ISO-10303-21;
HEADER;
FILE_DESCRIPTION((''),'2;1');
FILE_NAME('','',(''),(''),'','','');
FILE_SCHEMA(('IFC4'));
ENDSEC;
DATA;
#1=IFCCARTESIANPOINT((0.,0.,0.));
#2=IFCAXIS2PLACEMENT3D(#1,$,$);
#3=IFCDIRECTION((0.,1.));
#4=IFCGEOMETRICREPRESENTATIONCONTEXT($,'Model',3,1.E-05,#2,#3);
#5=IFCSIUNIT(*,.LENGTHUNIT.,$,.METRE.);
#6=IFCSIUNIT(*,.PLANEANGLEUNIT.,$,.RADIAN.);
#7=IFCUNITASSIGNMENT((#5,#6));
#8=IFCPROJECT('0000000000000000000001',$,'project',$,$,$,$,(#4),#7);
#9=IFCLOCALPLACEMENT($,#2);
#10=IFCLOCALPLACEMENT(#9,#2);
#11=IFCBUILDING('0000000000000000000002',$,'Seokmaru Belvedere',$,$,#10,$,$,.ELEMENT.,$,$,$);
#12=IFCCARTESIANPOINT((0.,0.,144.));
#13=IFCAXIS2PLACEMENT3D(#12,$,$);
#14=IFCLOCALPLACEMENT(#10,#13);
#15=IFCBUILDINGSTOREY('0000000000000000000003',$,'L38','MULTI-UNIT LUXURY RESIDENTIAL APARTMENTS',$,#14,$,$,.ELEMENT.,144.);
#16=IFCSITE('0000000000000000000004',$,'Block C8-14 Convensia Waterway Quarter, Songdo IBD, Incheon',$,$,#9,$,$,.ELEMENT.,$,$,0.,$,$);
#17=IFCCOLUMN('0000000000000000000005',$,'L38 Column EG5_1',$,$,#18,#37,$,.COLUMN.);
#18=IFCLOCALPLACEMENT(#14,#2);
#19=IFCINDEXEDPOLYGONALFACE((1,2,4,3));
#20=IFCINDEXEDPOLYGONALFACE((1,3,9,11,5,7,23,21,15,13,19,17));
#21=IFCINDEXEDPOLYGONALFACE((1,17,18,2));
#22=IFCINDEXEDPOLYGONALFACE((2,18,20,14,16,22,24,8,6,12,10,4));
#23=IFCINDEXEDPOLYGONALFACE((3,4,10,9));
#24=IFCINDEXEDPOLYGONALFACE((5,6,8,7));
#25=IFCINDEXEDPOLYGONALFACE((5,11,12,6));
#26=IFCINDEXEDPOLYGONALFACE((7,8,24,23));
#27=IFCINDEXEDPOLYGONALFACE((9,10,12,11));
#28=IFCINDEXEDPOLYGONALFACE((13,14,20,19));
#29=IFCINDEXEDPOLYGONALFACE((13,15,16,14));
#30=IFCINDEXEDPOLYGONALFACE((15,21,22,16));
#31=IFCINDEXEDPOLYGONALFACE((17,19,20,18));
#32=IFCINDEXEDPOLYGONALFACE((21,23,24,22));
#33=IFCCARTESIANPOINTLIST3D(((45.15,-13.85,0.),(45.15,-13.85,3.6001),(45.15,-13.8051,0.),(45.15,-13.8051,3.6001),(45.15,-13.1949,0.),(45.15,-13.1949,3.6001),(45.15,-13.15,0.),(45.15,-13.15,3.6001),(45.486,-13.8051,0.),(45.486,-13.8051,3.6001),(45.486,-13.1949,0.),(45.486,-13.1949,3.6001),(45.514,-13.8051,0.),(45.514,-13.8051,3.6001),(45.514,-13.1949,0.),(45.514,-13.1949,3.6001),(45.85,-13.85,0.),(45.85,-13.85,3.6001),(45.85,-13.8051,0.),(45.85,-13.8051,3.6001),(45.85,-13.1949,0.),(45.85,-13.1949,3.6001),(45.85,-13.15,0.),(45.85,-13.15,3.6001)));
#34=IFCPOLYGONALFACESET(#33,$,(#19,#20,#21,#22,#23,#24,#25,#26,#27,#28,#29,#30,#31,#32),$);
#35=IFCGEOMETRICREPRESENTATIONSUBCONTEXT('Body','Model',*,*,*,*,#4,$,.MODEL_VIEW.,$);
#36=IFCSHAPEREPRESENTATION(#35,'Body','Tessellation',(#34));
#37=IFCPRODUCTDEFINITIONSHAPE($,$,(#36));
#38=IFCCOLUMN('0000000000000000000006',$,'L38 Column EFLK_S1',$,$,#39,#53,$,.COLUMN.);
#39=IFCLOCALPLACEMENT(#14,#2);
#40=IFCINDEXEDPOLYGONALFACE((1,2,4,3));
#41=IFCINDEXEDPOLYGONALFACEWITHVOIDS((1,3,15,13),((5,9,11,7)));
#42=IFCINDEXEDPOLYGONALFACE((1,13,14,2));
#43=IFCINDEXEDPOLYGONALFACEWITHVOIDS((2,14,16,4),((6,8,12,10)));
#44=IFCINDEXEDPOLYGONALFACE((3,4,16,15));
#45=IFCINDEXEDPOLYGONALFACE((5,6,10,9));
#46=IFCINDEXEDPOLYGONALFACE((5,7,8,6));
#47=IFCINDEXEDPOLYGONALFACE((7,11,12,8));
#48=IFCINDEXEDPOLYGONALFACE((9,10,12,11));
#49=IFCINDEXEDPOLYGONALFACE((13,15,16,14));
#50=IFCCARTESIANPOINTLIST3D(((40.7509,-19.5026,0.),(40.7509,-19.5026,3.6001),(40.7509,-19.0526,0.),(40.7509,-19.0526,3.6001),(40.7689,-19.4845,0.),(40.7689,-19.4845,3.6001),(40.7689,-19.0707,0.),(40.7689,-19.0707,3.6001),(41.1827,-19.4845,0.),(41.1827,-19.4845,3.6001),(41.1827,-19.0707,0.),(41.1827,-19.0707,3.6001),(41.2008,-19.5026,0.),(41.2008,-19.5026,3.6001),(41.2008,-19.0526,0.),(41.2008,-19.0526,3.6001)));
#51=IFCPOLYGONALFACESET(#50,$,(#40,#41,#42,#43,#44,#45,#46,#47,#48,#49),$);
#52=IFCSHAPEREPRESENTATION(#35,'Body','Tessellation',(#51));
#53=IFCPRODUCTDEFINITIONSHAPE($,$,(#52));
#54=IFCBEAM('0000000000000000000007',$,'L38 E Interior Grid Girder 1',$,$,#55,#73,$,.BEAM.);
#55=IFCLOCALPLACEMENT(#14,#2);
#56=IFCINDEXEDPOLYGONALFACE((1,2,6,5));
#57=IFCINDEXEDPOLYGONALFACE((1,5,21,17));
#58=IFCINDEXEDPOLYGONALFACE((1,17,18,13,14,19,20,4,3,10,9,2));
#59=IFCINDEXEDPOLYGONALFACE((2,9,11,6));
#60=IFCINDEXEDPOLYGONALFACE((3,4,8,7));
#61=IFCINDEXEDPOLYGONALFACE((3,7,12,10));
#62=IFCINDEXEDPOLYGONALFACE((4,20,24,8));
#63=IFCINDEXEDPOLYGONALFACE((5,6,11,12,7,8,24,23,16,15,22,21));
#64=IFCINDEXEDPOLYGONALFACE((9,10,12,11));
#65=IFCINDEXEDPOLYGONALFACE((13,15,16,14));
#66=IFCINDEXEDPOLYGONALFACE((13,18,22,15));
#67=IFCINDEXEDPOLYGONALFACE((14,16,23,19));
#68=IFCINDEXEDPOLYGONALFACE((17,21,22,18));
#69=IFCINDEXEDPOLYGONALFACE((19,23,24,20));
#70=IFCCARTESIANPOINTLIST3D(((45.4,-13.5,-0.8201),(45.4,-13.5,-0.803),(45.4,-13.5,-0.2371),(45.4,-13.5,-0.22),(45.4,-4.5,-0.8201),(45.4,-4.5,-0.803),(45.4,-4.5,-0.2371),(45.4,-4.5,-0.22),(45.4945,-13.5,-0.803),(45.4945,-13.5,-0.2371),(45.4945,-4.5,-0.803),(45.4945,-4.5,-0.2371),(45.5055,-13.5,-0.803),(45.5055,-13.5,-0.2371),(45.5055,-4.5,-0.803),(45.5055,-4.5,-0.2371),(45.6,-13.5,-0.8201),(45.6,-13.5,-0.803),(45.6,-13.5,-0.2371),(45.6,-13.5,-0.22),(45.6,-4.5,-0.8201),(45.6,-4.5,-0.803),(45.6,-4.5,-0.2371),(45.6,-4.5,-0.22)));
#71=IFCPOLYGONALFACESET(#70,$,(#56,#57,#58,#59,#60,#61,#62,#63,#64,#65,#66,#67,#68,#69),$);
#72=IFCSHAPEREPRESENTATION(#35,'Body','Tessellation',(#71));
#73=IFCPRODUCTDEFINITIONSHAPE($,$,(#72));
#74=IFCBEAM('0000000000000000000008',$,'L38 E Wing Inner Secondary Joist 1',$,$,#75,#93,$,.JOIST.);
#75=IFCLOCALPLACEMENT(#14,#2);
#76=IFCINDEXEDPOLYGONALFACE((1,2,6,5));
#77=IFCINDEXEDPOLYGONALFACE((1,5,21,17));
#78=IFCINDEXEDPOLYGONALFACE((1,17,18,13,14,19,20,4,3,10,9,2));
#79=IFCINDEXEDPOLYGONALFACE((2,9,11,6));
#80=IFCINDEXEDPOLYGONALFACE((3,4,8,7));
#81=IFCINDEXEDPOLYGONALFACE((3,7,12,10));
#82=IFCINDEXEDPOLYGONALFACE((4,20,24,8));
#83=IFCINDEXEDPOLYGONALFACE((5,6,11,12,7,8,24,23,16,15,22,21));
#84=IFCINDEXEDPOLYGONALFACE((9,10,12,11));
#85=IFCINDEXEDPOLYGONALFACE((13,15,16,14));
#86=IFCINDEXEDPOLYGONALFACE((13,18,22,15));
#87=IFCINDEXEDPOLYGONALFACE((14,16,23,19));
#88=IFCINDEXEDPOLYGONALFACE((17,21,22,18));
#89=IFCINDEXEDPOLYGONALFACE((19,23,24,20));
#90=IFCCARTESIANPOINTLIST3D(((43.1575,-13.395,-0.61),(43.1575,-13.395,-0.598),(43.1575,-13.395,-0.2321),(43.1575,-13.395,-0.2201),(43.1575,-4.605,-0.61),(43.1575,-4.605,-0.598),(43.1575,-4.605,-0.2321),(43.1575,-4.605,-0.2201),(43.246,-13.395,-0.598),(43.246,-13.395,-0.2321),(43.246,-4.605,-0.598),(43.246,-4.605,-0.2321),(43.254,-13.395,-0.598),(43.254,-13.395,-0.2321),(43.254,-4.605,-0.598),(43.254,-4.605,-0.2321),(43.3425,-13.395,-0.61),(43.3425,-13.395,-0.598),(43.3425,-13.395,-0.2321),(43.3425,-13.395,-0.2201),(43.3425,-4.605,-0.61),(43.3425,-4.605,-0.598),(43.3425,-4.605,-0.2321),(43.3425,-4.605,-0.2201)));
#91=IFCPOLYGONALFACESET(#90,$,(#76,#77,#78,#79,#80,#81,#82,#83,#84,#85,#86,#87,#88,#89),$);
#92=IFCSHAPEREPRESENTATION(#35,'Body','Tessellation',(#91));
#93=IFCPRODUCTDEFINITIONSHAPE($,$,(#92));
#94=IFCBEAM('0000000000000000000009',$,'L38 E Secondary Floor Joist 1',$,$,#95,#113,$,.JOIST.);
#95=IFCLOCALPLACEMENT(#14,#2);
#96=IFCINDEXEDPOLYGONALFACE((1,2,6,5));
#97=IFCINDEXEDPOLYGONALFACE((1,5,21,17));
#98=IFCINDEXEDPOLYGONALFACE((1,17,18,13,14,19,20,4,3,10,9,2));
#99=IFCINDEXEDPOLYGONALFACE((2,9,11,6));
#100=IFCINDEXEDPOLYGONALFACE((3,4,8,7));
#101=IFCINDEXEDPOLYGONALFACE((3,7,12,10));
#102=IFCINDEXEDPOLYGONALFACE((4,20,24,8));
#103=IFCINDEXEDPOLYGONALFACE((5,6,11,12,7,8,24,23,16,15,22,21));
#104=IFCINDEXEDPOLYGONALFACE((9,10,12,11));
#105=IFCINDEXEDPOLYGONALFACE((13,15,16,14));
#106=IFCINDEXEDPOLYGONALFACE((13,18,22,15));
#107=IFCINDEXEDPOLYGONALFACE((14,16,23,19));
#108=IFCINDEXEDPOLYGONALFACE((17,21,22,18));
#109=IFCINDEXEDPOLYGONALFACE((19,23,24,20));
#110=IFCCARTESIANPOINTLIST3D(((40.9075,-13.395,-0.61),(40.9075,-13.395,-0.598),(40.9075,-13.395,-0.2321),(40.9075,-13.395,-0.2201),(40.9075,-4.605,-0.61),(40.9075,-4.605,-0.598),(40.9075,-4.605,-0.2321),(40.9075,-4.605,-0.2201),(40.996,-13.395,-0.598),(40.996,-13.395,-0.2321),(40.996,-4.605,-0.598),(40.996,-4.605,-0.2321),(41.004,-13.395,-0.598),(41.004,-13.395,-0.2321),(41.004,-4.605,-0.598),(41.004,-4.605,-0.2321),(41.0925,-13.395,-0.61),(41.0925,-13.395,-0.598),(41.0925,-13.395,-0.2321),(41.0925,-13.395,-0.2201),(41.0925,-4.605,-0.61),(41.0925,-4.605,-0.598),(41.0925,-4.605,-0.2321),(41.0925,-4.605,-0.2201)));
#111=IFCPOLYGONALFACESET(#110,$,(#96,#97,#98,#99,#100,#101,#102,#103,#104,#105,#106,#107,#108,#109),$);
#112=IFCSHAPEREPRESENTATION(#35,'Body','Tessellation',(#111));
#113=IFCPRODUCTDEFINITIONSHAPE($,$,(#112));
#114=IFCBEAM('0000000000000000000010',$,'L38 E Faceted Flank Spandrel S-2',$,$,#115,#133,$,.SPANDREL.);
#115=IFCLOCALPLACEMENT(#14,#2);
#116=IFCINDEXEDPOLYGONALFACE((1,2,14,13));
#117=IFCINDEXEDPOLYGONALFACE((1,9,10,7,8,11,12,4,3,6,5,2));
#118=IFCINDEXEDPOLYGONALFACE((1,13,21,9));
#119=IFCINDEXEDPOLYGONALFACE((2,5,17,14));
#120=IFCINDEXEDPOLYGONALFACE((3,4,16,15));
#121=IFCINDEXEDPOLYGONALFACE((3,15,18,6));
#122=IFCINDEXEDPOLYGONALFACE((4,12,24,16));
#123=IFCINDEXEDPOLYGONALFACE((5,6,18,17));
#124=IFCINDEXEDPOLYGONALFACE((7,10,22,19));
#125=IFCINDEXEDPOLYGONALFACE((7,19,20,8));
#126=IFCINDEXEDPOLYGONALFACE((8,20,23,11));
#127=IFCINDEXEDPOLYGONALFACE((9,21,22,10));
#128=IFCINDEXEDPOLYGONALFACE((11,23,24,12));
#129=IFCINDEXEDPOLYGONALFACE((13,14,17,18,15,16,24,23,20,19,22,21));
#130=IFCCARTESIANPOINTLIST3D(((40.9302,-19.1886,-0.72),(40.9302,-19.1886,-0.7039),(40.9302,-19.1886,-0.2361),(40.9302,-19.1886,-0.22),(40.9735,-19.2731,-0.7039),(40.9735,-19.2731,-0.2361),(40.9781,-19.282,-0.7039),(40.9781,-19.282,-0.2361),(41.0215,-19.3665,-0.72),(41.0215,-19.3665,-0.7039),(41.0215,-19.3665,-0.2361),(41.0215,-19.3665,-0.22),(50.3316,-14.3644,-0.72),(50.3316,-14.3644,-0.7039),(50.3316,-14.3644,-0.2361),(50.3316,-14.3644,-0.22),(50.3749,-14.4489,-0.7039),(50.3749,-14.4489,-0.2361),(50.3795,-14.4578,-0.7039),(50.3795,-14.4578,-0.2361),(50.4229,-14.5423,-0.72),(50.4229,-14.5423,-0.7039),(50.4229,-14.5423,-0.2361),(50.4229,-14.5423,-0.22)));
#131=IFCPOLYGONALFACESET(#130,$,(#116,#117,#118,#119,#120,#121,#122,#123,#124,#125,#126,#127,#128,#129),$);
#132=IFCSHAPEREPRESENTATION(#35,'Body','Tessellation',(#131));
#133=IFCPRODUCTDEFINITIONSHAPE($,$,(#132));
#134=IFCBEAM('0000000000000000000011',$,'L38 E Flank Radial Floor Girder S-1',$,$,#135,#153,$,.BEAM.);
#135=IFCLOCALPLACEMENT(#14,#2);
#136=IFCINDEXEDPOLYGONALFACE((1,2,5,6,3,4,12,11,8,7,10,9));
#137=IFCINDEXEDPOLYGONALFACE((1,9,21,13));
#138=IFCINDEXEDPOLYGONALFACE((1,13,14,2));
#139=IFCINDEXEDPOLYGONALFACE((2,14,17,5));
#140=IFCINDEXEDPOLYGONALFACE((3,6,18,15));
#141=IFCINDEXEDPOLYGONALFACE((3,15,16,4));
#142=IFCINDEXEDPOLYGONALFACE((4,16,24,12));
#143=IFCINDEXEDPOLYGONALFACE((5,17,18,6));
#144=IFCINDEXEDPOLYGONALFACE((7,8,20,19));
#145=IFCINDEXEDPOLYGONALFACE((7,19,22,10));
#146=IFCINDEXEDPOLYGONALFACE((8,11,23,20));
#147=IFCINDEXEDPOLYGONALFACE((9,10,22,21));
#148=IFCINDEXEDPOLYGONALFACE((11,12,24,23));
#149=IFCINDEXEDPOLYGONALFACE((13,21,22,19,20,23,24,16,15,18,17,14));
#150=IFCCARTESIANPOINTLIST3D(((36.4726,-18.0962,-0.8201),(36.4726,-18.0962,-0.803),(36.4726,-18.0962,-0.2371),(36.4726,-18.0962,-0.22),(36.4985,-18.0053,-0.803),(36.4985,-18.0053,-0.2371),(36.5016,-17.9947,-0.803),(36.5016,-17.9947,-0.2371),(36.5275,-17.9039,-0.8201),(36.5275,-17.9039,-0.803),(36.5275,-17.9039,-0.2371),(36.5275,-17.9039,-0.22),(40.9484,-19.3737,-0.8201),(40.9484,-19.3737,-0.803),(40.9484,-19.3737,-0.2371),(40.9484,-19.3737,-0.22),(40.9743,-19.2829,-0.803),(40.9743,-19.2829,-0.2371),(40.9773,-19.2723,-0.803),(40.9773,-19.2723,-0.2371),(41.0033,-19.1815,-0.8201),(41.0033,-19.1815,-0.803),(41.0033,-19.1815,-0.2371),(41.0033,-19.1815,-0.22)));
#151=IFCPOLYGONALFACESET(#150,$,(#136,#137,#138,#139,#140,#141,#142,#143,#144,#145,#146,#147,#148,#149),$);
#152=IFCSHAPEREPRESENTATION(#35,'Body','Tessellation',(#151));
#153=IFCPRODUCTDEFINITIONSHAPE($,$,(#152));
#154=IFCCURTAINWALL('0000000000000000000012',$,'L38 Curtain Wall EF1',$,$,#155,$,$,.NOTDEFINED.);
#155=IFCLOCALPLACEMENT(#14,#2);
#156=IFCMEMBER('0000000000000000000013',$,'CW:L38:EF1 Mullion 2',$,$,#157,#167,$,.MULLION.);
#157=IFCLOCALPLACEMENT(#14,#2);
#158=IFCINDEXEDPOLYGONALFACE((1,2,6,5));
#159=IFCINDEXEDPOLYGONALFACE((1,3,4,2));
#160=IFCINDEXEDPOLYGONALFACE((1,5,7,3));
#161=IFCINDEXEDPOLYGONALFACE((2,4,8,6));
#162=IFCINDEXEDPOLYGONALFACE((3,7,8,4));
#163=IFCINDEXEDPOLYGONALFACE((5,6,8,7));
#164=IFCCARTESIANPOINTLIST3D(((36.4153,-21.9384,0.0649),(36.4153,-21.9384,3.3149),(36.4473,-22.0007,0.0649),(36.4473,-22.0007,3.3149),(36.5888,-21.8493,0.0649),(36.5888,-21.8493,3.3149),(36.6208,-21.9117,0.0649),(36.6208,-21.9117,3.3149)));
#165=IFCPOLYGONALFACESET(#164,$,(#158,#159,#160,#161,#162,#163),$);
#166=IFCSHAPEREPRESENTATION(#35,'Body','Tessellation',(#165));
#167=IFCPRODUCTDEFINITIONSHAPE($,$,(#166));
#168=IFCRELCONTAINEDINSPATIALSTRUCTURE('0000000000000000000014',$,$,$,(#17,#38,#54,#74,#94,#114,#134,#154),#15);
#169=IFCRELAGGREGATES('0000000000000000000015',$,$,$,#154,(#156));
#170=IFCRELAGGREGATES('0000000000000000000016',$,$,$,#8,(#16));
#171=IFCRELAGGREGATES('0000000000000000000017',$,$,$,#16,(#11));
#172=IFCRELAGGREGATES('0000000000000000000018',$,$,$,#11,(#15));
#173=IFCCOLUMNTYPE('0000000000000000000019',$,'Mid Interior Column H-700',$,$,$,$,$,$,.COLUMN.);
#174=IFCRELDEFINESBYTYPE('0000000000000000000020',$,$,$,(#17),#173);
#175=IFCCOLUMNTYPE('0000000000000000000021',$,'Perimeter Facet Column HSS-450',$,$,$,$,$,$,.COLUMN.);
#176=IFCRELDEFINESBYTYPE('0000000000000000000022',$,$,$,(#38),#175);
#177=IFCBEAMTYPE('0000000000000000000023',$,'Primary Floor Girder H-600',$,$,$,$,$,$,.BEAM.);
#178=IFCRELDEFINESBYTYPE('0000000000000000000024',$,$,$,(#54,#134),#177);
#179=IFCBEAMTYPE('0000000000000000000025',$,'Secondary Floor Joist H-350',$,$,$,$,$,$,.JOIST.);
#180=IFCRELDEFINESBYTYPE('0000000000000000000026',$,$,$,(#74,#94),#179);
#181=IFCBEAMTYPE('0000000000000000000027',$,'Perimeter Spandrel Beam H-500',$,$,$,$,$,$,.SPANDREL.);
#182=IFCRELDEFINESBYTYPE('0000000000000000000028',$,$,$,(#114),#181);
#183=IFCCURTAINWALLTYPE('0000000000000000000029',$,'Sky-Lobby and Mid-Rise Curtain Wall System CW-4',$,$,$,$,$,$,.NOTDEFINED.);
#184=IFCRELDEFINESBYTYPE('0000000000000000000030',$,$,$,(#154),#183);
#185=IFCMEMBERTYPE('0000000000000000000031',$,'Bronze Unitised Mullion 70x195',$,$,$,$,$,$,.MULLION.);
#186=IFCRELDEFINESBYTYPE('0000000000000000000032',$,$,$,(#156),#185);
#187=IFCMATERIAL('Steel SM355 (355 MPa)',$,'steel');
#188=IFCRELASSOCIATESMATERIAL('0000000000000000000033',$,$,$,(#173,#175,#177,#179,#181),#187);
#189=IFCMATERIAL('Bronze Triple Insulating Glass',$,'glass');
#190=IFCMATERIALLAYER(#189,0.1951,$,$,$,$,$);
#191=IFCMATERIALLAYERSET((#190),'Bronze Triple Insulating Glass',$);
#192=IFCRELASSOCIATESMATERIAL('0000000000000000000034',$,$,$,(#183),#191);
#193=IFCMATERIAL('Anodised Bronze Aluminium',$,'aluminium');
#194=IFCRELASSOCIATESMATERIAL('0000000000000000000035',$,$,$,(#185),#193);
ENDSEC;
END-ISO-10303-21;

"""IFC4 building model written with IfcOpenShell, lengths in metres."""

from ifc_helpers import new_model, si_unit, direction, frame, origin, origin_2d, place, context, subcontext, project, spatial, rectangle, hollow_rectangle, i_section, extrude, source, transform, mapped, material, layer, layer_set, material_profile, profile_set, type_object, type_shapes, element, aggregate, save


model = new_model("IFC4")

# Units and contexts
model_context = context("Model", 3, precision=1e-05, world=origin(), true_north=direction((0.0, 1.0)))
body_context = subcontext(model_context, "Body", "Model", "MODEL_VIEW")
ifc_project = project(units=[si_unit("LENGTHUNIT", "METRE"), si_unit("PLANEANGLEUNIT", "RADIAN")], contexts=[model_context])

# Site, building, storey
site_placement = place(None, origin())
site = spatial("IfcSite", under=ifc_project, at=site_placement, Name="Block C8-14 Convensia Waterway Quarter, Songdo IBD, Incheon", CompositionType="ELEMENT", RefElevation=0.0)
building_placement = place(site_placement, origin())
building = spatial("IfcBuilding", under=site, at=building_placement, Name="Seokmaru Belvedere", CompositionType="ELEMENT")
storey_placement = place(building_placement, frame((0.0, 0.0, 144.0)))
storey = spatial("IfcBuildingStorey", under=building, at=storey_placement, Name="L38", Description="MULTI-UNIT LUXURY RESIDENTIAL APARTMENTS", CompositionType="ELEMENT", Elevation=144.0)

# Columns
ifc_material_1 = material(Name="Steel SM355 (355 MPa)", Category="steel")
ifc_material_profile_1 = material_profile(ifc_material_1, i_section(OverallWidth=0.7, OverallDepth=0.7, WebThickness=0.0281, FlangeThickness=0.0449, at=origin_2d()), Name="H-700x700x28x45")
ifc_profile_set_1 = profile_set([ifc_material_profile_1], Name="Steel SM355 (355 MPa)")
column_type_1 = type_object("IfcColumnType", Name="Mid Interior Column H-700", PredefinedType="COLUMN", material=ifc_profile_set_1)
shared_shape_1 = source(origin(), body_context, "Body", "SweptSolid", [
    extrude(i_section(OverallWidth=0.7, OverallDepth=0.7, WebThickness=0.0281, FlangeThickness=0.0449, at=origin_2d()), origin(), (0.0, 0.0, 1.0), 3.6001),
])
type_shapes(column_type_1, [shared_shape_1])
column_1_placement = place(storey_placement, frame((45.5, -13.5, 0.0), z_axis=(0.0, 0.0, 1.0), x_axis=(1.0, 0.0, 0.0)))
element("IfcColumn", 1, at=column_1_placement, inside=storey, type_object=column_type_1, Name="L38 Column EG5_1", PredefinedType="COLUMN", context=body_context, shape_type="MappedRepresentation", body=[
    mapped(shared_shape_1, transform((0.0, 0.0, 0.0), scale=1.0)),
])
ifc_material_profile_2 = material_profile(ifc_material_1, hollow_rectangle(XDim=0.45, YDim=0.45, WallThickness=0.0181, at=origin_2d()), Name="HSS-450x450x18")
ifc_profile_set_2 = profile_set([ifc_material_profile_2], Name="Steel SM355 (355 MPa)")
column_type_2 = type_object("IfcColumnType", Name="Perimeter Facet Column HSS-450", PredefinedType="COLUMN", material=ifc_profile_set_2)
shared_shape_2 = source(origin(), body_context, "Body", "SweptSolid", [
    extrude(hollow_rectangle(XDim=0.45, YDim=0.45, WallThickness=0.0181, at=origin_2d()), origin(), (0.0, 0.0, 1.0), 3.6001),
])
type_shapes(column_type_2, [shared_shape_2])
column_2_placement = place(storey_placement, frame((40.9758, -19.2776, 0.0), z_axis=(0.0, 0.0, 1.0), x_axis=(1.0, 0.0, 0.0)))
element("IfcColumn", 2, at=column_2_placement, inside=storey, type_object=column_type_2, Name="L38 Column EFLK_S1", PredefinedType="COLUMN", context=body_context, shape_type="MappedRepresentation", body=[
    mapped(shared_shape_2, transform((0.0, 0.0, 0.0), scale=1.0)),
])

# Beams
ifc_material_profile_3 = material_profile(ifc_material_1, i_section(OverallWidth=0.2, OverallDepth=0.6001, WebThickness=0.011, FlangeThickness=0.0171, at=origin_2d()), Name="H-600x200x11x17")
ifc_profile_set_3 = profile_set([ifc_material_profile_3], Name="Steel SM355 (355 MPa)")
beam_type_1 = type_object("IfcBeamType", Name="Primary Floor Girder H-600", PredefinedType="BEAM", material=ifc_profile_set_3)
shared_shape_3 = source(origin(), body_context, "Body", "SweptSolid", [
    extrude(i_section(OverallWidth=0.2, OverallDepth=0.6001, WebThickness=0.011, FlangeThickness=0.0171, at=origin_2d()), origin(), (0.0, 0.0, 1.0), 9.0),
])
beam_1_placement = place(storey_placement, frame((45.5, -13.5, -0.52), z_axis=(0.0, 1.0, 0.0), x_axis=(-1.0, 0.0, 0.0)))
element("IfcBeam", 3, at=beam_1_placement, inside=storey, type_object=beam_type_1, Name="L38 E Interior Grid Girder 1", PredefinedType="BEAM", context=body_context, shape_type="MappedRepresentation", body=[
    mapped(shared_shape_3, transform((0.0, 0.0, 0.0), scale=1.0)),
])
ifc_material_profile_4 = material_profile(ifc_material_1, i_section(OverallWidth=0.1851, OverallDepth=0.3899, WebThickness=0.0081, FlangeThickness=0.012, at=origin_2d()), Name="H-390x185x8x12")
ifc_profile_set_4 = profile_set([ifc_material_profile_4], Name="Steel SM355 (355 MPa)")
beam_type_2 = type_object("IfcBeamType", Name="Secondary Floor Joist H-350", PredefinedType="JOIST", material=ifc_profile_set_4)
shared_shape_4 = source(origin(), body_context, "Body", "SweptSolid", [
    extrude(i_section(OverallWidth=0.1851, OverallDepth=0.3899, WebThickness=0.0081, FlangeThickness=0.012, at=origin_2d()), origin(), (0.0, 0.0, 1.0), 8.79),
])
type_shapes(beam_type_2, [shared_shape_4])
for number, where, z_axis, x_axis, name in (
    (4, (43.25, -13.395, -0.415), (0.0, 1.0, 0.0), (-1.0, 0.0, 0.0), "L38 E Wing Inner Secondary Joist 1"),
    (5, (41.0, -13.395, -0.415), (0.0, 1.0, 0.0), (-1.0, 0.0, 0.0), "L38 E Secondary Floor Joist 1"),
):
    element("IfcBeam", number, at=place(storey_placement, frame(where, z_axis=z_axis, x_axis=x_axis)), inside=storey, type_object=beam_type_2, Name=name, PredefinedType="JOIST", context=body_context, shape_type="MappedRepresentation", body=[
        mapped(shared_shape_4, transform((0.0, 0.0, 0.0), scale=1.0)),
    ])
ifc_material_profile_5 = material_profile(ifc_material_1, i_section(OverallWidth=0.2, OverallDepth=0.5, WebThickness=0.01, FlangeThickness=0.0161, at=origin_2d()), Name="H-500x200x10x16")
ifc_profile_set_5 = profile_set([ifc_material_profile_5], Name="Steel SM355 (355 MPa)")
beam_type_3 = type_object("IfcBeamType", Name="Perimeter Spandrel Beam H-500", PredefinedType="SPANDREL", material=ifc_profile_set_5)
shared_shape_5 = source(origin(), body_context, "Body", "SweptSolid", [
    extrude(i_section(OverallWidth=0.2, OverallDepth=0.5, WebThickness=0.01, FlangeThickness=0.0161, at=origin_2d()), origin(), (0.0, 0.0, 1.0), 10.5669),
])
type_shapes(beam_type_3, [shared_shape_5])
beam_2_placement = place(storey_placement, frame((40.9758, -19.2776, -0.47), z_axis=(0.889702, 0.456542, 0.0), x_axis=(-0.456542, 0.889702, 0.0)))
element("IfcBeam", 6, at=beam_2_placement, inside=storey, type_object=beam_type_3, Name="L38 E Faceted Flank Spandrel S-2", PredefinedType="SPANDREL", context=body_context, shape_type="MappedRepresentation", body=[
    mapped(shared_shape_5, transform((0.0, 0.0, 0.0), scale=1.0)),
])
shared_shape_6 = source(origin(), body_context, "Body", "SweptSolid", [
    extrude(i_section(OverallWidth=0.2, OverallDepth=0.6001, WebThickness=0.011, FlangeThickness=0.0171, at=origin_2d()), origin(), (0.0, 0.0, 1.0), 4.6545),
])
type_shapes(beam_type_1, [shared_shape_3, shared_shape_6])
beam_3_placement = place(storey_placement, frame((40.9758, -19.2776, -0.52), z_axis=(-0.961593, 0.274479, 0.0), x_axis=(-0.274479, -0.961593, 0.0)))
element("IfcBeam", 7, at=beam_3_placement, inside=storey, type_object=beam_type_1, Name="L38 E Flank Radial Floor Girder S-1", PredefinedType="BEAM", context=body_context, shape_type="MappedRepresentation", body=[
    mapped(shared_shape_6, transform((0.0, 0.0, 0.0), scale=1.0)),
])

# Curtain wall, member
ifc_material_2 = material(Name="Bronze Triple Insulating Glass", Category="glass")
ifc_layer_1 = layer(ifc_material_2, 0.1951)
ifc_layer_set_1 = layer_set([ifc_layer_1], Name="Bronze Triple Insulating Glass")
curtain_wall_type = type_object("IfcCurtainWallType", Name="Sky-Lobby and Mid-Rise Curtain Wall System CW-4", PredefinedType="NOTDEFINED", material=ifc_layer_set_1)
curtain_wall_placement = place(storey_placement, origin())
curtain_wall = element("IfcCurtainWall", 8, at=curtain_wall_placement, inside=storey, type_object=curtain_wall_type, Name="L38 Curtain Wall EF1", PredefinedType="NOTDEFINED")
ifc_material_3 = material(Name="Anodised Bronze Aluminium", Category="aluminium")
ifc_material_profile_6 = material_profile(ifc_material_3, rectangle(XDim=0.0701, YDim=0.1951, at=origin_2d()), Name="CW-M-70x195")
ifc_profile_set_6 = profile_set([ifc_material_profile_6], Name="Anodised Bronze Aluminium")
member_type = type_object("IfcMemberType", Name="Bronze Unitised Mullion 70x195", PredefinedType="MULLION", material=ifc_profile_set_6)
shared_shape_7 = source(origin(), body_context, "Body", "SweptSolid", [
    extrude(rectangle(XDim=0.0701, YDim=0.1951, at=origin_2d()), origin(), (0.0, 0.0, 1.0), 3.25),
])
type_shapes(member_type, [shared_shape_7])
member_1_placement = place(storey_placement, frame((36.5181, -21.925, 0.0649), z_axis=(0.0, 0.0, 1.0), x_axis=(-0.456555, 0.889695, 0.0)))
member_1 = element("IfcMember", 9, at=member_1_placement, type_object=member_type, Name="CW:L38:EF1 Mullion 2", PredefinedType="MULLION", context=body_context, shape_type="MappedRepresentation", body=[
    mapped(shared_shape_7, transform((0.0, 0.0, 0.0), scale=1.0)),
])
aggregate(curtain_wall, [member_1])

save(model, "model.ifc")
